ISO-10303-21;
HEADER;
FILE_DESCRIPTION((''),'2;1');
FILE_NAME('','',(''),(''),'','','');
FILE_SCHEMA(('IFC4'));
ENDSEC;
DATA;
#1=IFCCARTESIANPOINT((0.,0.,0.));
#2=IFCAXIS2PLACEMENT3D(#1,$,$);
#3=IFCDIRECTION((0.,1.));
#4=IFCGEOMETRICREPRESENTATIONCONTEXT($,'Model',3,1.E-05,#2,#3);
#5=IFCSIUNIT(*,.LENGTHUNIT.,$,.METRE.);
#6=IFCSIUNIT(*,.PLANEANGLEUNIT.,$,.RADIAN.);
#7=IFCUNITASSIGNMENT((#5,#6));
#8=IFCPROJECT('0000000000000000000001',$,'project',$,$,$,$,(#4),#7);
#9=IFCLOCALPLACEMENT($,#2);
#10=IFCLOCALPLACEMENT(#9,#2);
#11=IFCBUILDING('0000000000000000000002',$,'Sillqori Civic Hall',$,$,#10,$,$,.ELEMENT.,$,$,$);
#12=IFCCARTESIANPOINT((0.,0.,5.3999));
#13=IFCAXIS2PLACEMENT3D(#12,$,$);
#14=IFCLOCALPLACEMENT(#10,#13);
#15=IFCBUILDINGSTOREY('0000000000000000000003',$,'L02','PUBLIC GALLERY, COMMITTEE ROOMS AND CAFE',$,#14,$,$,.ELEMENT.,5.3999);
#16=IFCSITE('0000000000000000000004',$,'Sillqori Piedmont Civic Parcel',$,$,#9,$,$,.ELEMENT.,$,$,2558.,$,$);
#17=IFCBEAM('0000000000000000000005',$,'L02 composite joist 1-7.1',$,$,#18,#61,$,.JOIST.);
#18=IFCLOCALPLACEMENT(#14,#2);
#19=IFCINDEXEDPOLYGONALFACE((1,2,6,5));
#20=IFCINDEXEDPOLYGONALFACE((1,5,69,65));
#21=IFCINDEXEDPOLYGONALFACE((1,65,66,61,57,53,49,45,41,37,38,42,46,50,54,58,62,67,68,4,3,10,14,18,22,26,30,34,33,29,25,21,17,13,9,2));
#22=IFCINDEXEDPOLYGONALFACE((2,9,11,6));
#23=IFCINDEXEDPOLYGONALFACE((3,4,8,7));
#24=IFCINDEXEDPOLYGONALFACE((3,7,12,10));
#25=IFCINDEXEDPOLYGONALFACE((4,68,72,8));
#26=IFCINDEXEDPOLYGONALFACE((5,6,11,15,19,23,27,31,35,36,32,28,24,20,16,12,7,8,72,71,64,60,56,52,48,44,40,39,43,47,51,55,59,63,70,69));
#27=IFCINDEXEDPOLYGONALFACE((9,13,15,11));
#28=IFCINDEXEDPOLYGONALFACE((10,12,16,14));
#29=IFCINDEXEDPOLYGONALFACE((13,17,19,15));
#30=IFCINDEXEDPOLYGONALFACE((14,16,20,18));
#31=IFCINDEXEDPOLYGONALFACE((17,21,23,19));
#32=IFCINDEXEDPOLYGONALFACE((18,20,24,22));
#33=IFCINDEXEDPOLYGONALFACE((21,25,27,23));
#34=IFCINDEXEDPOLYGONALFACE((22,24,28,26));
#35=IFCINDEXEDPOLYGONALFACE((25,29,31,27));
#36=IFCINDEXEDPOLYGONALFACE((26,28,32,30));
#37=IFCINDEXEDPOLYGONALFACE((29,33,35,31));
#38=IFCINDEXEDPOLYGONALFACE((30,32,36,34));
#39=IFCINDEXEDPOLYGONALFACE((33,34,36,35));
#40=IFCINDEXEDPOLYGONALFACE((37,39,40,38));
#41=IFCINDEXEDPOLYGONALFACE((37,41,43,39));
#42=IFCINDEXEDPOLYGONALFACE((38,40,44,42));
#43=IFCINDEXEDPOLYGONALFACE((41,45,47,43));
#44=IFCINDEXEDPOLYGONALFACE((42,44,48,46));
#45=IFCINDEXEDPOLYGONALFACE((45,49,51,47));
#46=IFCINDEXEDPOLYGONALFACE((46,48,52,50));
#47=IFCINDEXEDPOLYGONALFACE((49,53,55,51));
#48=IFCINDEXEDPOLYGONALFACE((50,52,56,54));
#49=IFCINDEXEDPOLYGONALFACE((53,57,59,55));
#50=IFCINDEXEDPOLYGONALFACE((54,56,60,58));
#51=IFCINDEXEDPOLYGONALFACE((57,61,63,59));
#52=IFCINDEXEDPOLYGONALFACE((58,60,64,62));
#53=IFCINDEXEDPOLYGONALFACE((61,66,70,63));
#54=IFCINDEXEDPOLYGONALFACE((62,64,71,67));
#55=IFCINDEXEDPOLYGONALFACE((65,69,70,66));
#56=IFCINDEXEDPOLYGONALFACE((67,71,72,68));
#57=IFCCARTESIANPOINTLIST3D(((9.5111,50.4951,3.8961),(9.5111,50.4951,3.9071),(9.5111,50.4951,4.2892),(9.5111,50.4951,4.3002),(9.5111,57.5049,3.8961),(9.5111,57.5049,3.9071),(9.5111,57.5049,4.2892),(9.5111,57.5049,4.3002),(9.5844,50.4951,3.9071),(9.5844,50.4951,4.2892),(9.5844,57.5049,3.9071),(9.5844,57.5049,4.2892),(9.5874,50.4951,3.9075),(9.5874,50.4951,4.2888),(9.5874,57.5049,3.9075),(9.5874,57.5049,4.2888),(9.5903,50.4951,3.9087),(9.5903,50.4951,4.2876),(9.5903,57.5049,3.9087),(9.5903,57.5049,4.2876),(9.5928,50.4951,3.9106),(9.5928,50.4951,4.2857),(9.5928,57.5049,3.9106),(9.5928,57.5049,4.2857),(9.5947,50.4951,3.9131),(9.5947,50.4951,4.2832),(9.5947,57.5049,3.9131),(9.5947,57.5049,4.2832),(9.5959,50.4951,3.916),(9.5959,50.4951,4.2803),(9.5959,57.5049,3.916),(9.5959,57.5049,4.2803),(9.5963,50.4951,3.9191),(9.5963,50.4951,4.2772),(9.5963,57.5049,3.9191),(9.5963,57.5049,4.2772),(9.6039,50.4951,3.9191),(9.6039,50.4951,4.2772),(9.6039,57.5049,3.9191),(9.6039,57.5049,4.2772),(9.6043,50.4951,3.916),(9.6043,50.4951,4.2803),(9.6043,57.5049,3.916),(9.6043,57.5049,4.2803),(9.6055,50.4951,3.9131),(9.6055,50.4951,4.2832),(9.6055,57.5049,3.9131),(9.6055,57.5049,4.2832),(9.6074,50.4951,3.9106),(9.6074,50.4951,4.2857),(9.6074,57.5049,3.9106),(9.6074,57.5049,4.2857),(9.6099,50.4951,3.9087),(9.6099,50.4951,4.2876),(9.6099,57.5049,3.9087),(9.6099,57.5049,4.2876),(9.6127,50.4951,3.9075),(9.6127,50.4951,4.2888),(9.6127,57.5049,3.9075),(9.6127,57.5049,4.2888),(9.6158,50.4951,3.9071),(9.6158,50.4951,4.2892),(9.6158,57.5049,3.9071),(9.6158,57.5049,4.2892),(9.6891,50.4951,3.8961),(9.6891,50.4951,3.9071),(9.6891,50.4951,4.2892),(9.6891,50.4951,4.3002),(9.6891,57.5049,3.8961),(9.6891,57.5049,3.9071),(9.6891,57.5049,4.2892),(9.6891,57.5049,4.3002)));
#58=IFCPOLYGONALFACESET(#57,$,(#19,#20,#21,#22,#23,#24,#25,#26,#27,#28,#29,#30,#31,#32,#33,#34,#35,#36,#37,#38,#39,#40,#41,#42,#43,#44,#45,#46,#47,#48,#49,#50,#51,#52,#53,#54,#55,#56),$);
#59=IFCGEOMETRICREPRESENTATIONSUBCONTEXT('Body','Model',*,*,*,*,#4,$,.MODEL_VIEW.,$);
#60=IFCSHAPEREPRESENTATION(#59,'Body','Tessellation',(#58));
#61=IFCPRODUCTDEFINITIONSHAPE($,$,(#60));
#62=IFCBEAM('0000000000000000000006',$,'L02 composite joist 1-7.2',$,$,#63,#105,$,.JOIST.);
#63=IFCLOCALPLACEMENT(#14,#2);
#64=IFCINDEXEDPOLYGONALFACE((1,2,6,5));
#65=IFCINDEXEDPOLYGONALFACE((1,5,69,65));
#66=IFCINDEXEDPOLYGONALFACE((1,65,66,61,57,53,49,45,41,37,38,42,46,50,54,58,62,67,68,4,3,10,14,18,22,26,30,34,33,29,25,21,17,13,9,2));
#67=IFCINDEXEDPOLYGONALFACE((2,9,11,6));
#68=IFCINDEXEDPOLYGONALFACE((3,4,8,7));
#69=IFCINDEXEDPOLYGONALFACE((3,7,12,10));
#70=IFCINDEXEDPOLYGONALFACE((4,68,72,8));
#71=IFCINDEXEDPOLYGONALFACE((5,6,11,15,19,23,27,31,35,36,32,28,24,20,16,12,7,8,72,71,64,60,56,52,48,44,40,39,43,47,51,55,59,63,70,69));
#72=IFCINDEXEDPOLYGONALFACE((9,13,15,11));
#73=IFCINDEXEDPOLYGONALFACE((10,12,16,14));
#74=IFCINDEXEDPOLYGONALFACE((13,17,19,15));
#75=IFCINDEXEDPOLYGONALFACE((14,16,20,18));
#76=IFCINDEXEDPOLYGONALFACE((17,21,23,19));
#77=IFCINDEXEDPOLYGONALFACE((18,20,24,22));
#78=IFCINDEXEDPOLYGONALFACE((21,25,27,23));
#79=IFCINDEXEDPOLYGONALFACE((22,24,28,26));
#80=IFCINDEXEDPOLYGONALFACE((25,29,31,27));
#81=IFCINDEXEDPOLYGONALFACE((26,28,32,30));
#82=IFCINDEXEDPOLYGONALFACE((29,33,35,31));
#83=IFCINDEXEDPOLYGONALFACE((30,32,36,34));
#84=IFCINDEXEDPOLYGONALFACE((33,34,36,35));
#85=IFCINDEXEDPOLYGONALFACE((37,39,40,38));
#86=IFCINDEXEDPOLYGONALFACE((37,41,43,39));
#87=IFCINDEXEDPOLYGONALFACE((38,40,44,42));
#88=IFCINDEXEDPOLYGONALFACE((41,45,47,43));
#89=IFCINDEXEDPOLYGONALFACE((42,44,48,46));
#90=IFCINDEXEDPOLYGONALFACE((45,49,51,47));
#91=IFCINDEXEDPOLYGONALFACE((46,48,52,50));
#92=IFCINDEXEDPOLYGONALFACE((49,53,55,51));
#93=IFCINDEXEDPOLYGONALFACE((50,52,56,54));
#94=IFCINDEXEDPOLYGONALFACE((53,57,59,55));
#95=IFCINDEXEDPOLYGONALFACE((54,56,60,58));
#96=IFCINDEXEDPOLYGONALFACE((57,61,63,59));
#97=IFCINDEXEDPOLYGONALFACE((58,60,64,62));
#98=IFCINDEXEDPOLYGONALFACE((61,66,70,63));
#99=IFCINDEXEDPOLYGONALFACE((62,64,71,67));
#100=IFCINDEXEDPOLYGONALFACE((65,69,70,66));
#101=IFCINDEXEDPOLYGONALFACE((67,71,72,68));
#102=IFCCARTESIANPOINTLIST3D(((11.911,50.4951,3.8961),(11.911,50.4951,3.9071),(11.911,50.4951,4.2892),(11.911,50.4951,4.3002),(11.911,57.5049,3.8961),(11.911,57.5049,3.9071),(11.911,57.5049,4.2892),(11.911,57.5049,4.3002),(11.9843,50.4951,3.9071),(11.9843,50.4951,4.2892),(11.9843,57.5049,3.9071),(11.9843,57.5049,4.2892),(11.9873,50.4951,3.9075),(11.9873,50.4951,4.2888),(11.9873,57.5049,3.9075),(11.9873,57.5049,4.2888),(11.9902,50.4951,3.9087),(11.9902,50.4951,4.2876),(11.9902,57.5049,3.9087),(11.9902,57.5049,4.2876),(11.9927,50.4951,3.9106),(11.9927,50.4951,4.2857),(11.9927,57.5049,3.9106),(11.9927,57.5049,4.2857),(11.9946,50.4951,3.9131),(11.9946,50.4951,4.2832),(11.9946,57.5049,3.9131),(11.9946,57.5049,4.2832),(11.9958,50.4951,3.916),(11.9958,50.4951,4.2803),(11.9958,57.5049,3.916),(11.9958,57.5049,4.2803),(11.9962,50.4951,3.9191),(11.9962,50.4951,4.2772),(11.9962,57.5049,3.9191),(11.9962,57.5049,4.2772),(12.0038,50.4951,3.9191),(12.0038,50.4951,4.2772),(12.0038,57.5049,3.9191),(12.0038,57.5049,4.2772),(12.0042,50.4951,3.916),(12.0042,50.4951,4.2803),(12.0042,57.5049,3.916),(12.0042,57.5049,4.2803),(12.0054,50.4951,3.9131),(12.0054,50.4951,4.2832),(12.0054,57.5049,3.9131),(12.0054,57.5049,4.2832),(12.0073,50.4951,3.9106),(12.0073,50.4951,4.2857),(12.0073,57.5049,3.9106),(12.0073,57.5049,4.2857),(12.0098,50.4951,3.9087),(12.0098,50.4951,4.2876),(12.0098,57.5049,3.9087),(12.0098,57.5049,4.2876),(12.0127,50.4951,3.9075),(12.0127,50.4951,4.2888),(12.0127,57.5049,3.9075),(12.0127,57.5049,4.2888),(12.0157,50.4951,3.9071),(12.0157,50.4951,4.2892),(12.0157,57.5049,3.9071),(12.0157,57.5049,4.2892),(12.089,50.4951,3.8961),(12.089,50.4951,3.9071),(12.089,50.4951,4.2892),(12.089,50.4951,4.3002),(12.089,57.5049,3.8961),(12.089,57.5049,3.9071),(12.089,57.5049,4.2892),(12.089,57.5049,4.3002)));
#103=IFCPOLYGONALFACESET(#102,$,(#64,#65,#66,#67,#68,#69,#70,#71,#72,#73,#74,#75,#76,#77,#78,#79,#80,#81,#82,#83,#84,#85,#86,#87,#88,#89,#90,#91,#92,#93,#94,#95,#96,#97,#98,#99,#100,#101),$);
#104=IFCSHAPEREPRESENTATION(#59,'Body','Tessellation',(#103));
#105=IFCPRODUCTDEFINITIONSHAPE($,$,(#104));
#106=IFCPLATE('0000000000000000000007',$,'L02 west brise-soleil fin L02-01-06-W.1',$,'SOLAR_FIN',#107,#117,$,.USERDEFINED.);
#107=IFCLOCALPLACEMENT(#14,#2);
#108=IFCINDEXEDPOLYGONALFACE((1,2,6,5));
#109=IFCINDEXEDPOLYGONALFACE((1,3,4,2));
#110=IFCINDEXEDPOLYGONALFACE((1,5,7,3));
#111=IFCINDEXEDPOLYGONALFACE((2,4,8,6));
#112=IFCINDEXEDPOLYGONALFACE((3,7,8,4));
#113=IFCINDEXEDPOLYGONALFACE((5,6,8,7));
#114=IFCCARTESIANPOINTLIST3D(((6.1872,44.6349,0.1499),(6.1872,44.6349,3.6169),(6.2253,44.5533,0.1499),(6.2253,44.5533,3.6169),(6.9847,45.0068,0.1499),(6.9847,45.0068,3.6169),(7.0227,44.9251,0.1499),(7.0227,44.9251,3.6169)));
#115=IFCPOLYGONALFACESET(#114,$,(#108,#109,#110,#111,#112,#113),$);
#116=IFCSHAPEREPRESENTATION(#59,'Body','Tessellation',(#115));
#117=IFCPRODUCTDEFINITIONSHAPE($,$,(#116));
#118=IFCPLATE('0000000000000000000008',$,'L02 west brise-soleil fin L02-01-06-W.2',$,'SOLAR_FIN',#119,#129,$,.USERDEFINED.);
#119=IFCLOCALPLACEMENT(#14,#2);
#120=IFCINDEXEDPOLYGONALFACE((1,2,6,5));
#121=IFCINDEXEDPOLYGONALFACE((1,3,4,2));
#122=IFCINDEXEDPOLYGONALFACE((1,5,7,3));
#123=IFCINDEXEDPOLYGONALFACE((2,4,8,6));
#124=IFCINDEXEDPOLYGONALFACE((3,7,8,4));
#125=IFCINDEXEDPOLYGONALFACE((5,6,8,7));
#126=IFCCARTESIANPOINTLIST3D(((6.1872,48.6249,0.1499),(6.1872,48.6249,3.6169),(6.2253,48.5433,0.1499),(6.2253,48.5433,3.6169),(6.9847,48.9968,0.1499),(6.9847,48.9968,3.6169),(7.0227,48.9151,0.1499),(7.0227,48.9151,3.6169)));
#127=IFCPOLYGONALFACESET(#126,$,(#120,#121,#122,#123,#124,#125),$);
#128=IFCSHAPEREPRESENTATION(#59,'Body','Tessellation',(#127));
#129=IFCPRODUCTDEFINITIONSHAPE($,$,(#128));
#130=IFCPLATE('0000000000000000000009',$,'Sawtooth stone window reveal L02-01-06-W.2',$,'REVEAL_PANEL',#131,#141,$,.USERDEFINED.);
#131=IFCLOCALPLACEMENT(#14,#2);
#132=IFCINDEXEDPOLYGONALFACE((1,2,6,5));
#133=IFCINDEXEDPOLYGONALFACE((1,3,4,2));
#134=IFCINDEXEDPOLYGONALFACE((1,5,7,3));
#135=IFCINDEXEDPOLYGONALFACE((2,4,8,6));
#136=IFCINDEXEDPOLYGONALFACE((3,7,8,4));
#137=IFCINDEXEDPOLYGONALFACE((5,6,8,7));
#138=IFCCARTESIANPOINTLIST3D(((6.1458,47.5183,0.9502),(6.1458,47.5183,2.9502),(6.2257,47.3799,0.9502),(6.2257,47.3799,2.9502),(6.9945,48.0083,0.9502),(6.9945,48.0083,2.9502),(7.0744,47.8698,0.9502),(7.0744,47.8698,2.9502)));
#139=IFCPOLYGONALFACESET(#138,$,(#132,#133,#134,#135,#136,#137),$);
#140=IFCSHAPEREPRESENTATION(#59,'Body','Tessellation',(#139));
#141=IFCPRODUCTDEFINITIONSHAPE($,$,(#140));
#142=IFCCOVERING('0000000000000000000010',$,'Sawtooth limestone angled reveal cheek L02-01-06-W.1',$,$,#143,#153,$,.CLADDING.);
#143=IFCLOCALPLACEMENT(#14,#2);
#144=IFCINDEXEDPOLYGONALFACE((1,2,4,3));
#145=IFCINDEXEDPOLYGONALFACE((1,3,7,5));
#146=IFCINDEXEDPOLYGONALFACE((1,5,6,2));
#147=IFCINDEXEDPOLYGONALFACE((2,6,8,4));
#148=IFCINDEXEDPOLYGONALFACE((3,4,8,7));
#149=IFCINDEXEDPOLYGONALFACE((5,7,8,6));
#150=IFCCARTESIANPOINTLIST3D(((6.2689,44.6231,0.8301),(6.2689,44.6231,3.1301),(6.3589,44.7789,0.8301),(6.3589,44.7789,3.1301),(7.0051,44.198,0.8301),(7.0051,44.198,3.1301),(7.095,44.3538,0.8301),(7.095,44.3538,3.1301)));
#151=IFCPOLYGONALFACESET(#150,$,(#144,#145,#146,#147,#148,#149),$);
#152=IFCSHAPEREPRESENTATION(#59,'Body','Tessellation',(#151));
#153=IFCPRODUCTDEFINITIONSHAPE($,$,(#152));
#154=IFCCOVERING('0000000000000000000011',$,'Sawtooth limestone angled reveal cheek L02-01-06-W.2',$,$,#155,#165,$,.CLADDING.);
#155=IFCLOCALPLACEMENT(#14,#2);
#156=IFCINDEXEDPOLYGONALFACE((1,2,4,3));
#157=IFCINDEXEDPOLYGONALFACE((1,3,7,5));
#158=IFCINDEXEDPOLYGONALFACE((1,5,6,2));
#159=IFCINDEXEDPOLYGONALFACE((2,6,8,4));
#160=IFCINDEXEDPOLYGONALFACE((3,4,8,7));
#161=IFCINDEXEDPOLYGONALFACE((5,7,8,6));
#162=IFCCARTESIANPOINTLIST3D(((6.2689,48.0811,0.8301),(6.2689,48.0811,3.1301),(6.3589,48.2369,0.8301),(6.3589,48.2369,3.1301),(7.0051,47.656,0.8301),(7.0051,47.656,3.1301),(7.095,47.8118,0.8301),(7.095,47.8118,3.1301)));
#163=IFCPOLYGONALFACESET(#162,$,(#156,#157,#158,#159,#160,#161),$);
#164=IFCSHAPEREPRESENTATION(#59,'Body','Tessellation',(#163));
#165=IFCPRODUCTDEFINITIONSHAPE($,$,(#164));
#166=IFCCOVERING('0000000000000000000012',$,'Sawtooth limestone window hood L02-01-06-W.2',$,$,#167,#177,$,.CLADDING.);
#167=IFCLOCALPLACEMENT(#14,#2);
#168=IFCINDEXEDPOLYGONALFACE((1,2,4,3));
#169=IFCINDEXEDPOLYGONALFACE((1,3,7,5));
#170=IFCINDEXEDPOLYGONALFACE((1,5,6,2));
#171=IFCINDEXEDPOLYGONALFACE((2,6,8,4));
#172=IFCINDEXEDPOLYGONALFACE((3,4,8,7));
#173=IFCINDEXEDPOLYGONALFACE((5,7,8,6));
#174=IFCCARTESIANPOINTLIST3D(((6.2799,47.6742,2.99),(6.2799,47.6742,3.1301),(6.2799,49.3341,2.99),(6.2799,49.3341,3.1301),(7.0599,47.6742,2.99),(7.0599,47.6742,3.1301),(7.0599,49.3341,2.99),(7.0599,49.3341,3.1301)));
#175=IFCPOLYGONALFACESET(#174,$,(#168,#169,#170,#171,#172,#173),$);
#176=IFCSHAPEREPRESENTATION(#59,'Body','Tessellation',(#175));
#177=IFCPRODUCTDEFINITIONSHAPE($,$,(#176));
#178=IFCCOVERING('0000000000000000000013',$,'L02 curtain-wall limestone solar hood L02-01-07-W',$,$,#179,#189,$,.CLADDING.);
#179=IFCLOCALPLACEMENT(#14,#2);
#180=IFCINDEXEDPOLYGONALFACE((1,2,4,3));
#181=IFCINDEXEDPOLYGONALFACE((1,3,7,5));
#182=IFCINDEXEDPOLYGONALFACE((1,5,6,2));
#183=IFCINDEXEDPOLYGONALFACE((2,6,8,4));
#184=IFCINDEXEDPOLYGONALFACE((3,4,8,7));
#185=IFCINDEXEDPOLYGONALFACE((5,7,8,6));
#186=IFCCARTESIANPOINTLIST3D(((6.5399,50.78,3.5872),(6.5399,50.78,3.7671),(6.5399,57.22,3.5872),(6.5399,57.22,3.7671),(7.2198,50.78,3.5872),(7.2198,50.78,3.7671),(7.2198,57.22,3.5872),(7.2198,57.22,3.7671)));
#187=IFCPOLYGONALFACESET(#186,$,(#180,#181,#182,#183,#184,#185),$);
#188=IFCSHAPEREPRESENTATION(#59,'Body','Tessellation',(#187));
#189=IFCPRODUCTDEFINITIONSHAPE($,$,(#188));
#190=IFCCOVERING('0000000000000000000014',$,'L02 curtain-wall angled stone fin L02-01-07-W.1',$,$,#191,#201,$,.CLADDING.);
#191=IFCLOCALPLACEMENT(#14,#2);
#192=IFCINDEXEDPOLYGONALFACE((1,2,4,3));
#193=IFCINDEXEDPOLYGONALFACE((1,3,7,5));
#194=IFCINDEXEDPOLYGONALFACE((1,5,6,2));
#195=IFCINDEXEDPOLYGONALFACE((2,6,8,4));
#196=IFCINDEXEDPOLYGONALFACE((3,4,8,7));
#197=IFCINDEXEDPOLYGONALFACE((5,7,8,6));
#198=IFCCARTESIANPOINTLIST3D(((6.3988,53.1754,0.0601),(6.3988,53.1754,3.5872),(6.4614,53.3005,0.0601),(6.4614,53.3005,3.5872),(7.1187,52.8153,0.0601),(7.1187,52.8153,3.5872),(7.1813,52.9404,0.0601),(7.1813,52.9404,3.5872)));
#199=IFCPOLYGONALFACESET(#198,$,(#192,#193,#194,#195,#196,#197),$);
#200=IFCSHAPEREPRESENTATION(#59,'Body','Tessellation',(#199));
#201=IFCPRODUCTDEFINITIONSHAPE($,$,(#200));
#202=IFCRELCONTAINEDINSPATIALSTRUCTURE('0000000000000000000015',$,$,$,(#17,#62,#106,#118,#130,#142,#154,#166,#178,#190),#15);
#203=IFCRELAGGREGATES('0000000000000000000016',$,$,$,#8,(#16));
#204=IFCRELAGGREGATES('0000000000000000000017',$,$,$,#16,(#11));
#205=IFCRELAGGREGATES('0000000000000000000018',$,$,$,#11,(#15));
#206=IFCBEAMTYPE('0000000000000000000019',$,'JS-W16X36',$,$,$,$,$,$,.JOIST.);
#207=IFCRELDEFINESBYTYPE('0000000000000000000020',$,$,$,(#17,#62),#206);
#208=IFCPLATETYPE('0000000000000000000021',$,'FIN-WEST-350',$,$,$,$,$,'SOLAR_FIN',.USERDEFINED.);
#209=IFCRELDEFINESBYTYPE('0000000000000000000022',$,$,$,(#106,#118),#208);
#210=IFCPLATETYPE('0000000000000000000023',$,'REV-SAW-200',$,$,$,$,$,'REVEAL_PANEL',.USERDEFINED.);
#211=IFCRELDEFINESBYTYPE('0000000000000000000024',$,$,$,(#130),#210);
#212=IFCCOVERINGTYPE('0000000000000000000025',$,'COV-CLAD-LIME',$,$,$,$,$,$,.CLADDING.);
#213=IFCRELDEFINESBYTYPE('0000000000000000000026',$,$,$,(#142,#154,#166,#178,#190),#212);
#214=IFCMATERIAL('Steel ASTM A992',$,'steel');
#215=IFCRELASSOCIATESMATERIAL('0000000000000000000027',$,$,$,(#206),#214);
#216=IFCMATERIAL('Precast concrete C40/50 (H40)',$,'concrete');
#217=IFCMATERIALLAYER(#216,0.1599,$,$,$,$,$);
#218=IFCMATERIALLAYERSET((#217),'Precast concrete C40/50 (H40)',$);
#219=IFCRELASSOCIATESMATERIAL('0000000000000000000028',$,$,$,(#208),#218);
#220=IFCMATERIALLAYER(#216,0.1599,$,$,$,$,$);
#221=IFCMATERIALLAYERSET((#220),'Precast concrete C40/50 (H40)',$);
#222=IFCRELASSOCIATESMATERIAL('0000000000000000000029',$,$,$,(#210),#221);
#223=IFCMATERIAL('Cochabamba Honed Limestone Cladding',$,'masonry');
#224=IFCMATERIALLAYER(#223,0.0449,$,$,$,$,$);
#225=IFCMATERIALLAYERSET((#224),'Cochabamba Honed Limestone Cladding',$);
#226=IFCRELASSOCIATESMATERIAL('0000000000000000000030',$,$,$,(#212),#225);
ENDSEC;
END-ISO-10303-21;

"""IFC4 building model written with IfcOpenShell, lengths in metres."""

from ifc_helpers import new_model, si_unit, direction, frame, frame_2d, origin, origin_2d, place, context, subcontext, project, spatial, rectangle, i_section, extrude, material, layer, layer_set, material_profile, profile_set, type_object, element, save


model = new_model("IFC4")

# Units and contexts
model_context = context("Model", 3, precision=1e-05, world=origin(), true_north=direction((0.0, 1.0)))
body_context = subcontext(model_context, "Body", "Model", "MODEL_VIEW")
ifc_project = project(units=[si_unit("LENGTHUNIT", "METRE"), si_unit("PLANEANGLEUNIT", "RADIAN")], contexts=[model_context])

# Site, building, storey
site_placement = place(None, origin())
site = spatial("IfcSite", under=ifc_project, at=site_placement, Name="Sillqori Piedmont Civic Parcel", CompositionType="ELEMENT", RefElevation=2558.0)
building_placement = place(site_placement, origin())
building = spatial("IfcBuilding", under=site, at=building_placement, Name="Sillqori Civic Hall", CompositionType="ELEMENT")
storey_placement = place(building_placement, frame((0.0, 0.0, 5.3999)))
storey = spatial("IfcBuildingStorey", under=building, at=storey_placement, Name="L02", Description="PUBLIC GALLERY, COMMITTEE ROOMS AND CAFE", CompositionType="ELEMENT", Elevation=5.3999)

# Shared definitions
ifc_material_1 = material(Name="Steel ASTM A992", Category="steel")

# Beams
ifc_material_profile_1 = material_profile(ifc_material_1, i_section(OverallWidth=0.178, OverallDepth=0.4041, WebThickness=0.0076, FlangeThickness=0.011, FilletRadius=0.012, at=origin_2d()), Name="W16X36")
ifc_profile_set_1 = profile_set([ifc_material_profile_1], Name="Steel ASTM A992")
beam_type_1 = type_object("IfcBeamType", Name="JS-W16X36", PredefinedType="JOIST", material=ifc_profile_set_1)
for number, where, z_axis, x_axis, name in (
    (1, (9.6001, 50.4951, 4.0981), (0.0, 1.0, 0.0), (-1.0, 0.0, 0.0), "L02 composite joist 1-7.1"),
    (2, (12.0, 50.4951, 4.0981), (0.0, 1.0, 0.0), (-1.0, 0.0, 0.0), "L02 composite joist 1-7.2"),
):
    element("IfcBeam", number, at=place(storey_placement, frame(where, z_axis=z_axis, x_axis=x_axis)), inside=storey, type_object=beam_type_1, Name=name, PredefinedType="JOIST", context=body_context, shape_type="SweptSolid", body=[
        extrude(i_section(OverallWidth=0.178, OverallDepth=0.4041, WebThickness=0.0076, FlangeThickness=0.011, FilletRadius=0.012, at=origin_2d()), origin(), (0.0, 0.0, 1.0), 7.0098),
    ])

# Plates
ifc_material_2 = material(Name="Precast concrete C40/50 (H40)", Category="concrete")
ifc_layer_1 = layer(ifc_material_2, 0.1599)
ifc_layer_set_1 = layer_set([ifc_layer_1], Name="Precast concrete C40/50 (H40)")
plate_type_1 = type_object("IfcPlateType", Name="FIN-WEST-350", ElementType="SOLAR_FIN", PredefinedType="USERDEFINED", material=ifc_layer_set_1)
for number, where, z_axis, x_axis, name in (
    (3, (6.605, 44.78, 0.1499), (0.0, 0.0, 1.0), (-0.422618, 0.906308, 0.0), "L02 west brise-soleil fin L02-01-06-W.1"),
    (4, (6.605, 48.77, 0.1499), (0.0, 0.0, 1.0), (-0.422618, 0.906308, 0.0), "L02 west brise-soleil fin L02-01-06-W.2"),
):
    element("IfcPlate", number, at=place(storey_placement, frame(where, z_axis=z_axis, x_axis=x_axis)), inside=storey, type_object=plate_type_1, Name=name, ObjectType="SOLAR_FIN", PredefinedType="USERDEFINED", context=body_context, shape_type="SweptSolid", body=[
        extrude(rectangle(XDim=0.0901, YDim=0.8799, at=origin_2d()), origin(), (0.0, 0.0, 1.0), 3.467),
    ])
ifc_layer_2 = layer(ifc_material_2, 0.1599)
ifc_layer_set_2 = layer_set([ifc_layer_2], Name="Precast concrete C40/50 (H40)")
plate_type_2 = type_object("IfcPlateType", Name="REV-SAW-200", ElementType="REVEAL_PANEL", PredefinedType="USERDEFINED", material=ifc_layer_set_2)
plate_1_placement = place(storey_placement, frame((6.6101, 47.6941, 0.9502), z_axis=(0.0, 0.0, 1.0), x_axis=(-0.5, 0.866025, 0.0)))
element("IfcPlate", 5, at=plate_1_placement, inside=storey, type_object=plate_type_2, Name="Sawtooth stone window reveal L02-01-06-W.2", ObjectType="REVEAL_PANEL", PredefinedType="USERDEFINED", context=body_context, shape_type="SweptSolid", body=[
    extrude(rectangle(XDim=0.1599, YDim=0.98, at=origin_2d()), origin(), (0.0, 0.0, 1.0), 2.0),
])

# Coverings
ifc_material_3 = material(Name="Cochabamba Honed Limestone Cladding", Category="masonry")
ifc_layer_3 = layer(ifc_material_3, 0.0449)
ifc_layer_set_3 = layer_set([ifc_layer_3], Name="Cochabamba Honed Limestone Cladding")
covering_type = type_object("IfcCoveringType", Name="COV-CLAD-LIME", PredefinedType="CLADDING", material=ifc_layer_set_3)
for number, where, z_axis, x_axis, name in (
    (6, (7.05, 44.2759, 0.8301), (0.0, 0.0, 1.0), (-0.865989, 0.500062, 0.0), "Sawtooth limestone angled reveal cheek L02-01-06-W.1"),
    (7, (7.05, 47.7339, 0.8301), (0.0, 0.0, 1.0), (-0.865989, 0.500062, 0.0), "Sawtooth limestone angled reveal cheek L02-01-06-W.2"),
):
    element("IfcCovering", number, at=place(storey_placement, frame(where, z_axis=z_axis, x_axis=x_axis)), inside=storey, type_object=covering_type, Name=name, PredefinedType="CLADDING", context=body_context, shape_type="SweptSolid", body=[
        extrude(rectangle(XDim=0.8501, YDim=0.1799, at=frame_2d((0.425, 0.0))), origin(), (0.0, 0.0, 1.0), 2.3),
    ])
covering_1_placement = place(storey_placement, frame((6.6699, 47.6741, 2.99), z_axis=(0.0, 0.0, 1.0), x_axis=(0.0, 1.0, 0.0)))
element("IfcCovering", 8, at=covering_1_placement, inside=storey, type_object=covering_type, Name="Sawtooth limestone window hood L02-01-06-W.2", PredefinedType="CLADDING", context=body_context, shape_type="SweptSolid", body=[
    extrude(rectangle(XDim=1.6599, YDim=0.78, at=frame_2d((0.8301, 0.0))), origin(), (0.0, 0.0, 1.0), 0.1401),
])
covering_2_placement = place(storey_placement, frame((6.8799, 50.78, 3.5872), z_axis=(0.0, 0.0, 1.0), x_axis=(0.0, 1.0, 0.0)))
element("IfcCovering", 9, at=covering_2_placement, inside=storey, type_object=covering_type, Name="L02 curtain-wall limestone solar hood L02-01-07-W", PredefinedType="CLADDING", context=body_context, shape_type="SweptSolid", body=[
    extrude(rectangle(XDim=6.4399, YDim=0.6799, at=frame_2d((3.22, 0.0))), origin(), (0.0, 0.0, 1.0), 0.1799),
])
covering_3_placement = place(storey_placement, frame((7.1499, 52.8779, 0.0601), z_axis=(0.0, 0.0, 1.0), x_axis=(-0.894367, 0.447335, 0.0)))
element("IfcCovering", 10, at=covering_3_placement, inside=storey, type_object=covering_type, Name="L02 curtain-wall angled stone fin L02-01-07-W.1", PredefinedType="CLADDING", context=body_context, shape_type="SweptSolid", body=[
    extrude(rectangle(XDim=0.8049, YDim=0.1399, at=frame_2d((0.4023, 0.0))), origin(), (0.0, 0.0, 1.0), 3.5271),
])

save(model, "model.ifc")
